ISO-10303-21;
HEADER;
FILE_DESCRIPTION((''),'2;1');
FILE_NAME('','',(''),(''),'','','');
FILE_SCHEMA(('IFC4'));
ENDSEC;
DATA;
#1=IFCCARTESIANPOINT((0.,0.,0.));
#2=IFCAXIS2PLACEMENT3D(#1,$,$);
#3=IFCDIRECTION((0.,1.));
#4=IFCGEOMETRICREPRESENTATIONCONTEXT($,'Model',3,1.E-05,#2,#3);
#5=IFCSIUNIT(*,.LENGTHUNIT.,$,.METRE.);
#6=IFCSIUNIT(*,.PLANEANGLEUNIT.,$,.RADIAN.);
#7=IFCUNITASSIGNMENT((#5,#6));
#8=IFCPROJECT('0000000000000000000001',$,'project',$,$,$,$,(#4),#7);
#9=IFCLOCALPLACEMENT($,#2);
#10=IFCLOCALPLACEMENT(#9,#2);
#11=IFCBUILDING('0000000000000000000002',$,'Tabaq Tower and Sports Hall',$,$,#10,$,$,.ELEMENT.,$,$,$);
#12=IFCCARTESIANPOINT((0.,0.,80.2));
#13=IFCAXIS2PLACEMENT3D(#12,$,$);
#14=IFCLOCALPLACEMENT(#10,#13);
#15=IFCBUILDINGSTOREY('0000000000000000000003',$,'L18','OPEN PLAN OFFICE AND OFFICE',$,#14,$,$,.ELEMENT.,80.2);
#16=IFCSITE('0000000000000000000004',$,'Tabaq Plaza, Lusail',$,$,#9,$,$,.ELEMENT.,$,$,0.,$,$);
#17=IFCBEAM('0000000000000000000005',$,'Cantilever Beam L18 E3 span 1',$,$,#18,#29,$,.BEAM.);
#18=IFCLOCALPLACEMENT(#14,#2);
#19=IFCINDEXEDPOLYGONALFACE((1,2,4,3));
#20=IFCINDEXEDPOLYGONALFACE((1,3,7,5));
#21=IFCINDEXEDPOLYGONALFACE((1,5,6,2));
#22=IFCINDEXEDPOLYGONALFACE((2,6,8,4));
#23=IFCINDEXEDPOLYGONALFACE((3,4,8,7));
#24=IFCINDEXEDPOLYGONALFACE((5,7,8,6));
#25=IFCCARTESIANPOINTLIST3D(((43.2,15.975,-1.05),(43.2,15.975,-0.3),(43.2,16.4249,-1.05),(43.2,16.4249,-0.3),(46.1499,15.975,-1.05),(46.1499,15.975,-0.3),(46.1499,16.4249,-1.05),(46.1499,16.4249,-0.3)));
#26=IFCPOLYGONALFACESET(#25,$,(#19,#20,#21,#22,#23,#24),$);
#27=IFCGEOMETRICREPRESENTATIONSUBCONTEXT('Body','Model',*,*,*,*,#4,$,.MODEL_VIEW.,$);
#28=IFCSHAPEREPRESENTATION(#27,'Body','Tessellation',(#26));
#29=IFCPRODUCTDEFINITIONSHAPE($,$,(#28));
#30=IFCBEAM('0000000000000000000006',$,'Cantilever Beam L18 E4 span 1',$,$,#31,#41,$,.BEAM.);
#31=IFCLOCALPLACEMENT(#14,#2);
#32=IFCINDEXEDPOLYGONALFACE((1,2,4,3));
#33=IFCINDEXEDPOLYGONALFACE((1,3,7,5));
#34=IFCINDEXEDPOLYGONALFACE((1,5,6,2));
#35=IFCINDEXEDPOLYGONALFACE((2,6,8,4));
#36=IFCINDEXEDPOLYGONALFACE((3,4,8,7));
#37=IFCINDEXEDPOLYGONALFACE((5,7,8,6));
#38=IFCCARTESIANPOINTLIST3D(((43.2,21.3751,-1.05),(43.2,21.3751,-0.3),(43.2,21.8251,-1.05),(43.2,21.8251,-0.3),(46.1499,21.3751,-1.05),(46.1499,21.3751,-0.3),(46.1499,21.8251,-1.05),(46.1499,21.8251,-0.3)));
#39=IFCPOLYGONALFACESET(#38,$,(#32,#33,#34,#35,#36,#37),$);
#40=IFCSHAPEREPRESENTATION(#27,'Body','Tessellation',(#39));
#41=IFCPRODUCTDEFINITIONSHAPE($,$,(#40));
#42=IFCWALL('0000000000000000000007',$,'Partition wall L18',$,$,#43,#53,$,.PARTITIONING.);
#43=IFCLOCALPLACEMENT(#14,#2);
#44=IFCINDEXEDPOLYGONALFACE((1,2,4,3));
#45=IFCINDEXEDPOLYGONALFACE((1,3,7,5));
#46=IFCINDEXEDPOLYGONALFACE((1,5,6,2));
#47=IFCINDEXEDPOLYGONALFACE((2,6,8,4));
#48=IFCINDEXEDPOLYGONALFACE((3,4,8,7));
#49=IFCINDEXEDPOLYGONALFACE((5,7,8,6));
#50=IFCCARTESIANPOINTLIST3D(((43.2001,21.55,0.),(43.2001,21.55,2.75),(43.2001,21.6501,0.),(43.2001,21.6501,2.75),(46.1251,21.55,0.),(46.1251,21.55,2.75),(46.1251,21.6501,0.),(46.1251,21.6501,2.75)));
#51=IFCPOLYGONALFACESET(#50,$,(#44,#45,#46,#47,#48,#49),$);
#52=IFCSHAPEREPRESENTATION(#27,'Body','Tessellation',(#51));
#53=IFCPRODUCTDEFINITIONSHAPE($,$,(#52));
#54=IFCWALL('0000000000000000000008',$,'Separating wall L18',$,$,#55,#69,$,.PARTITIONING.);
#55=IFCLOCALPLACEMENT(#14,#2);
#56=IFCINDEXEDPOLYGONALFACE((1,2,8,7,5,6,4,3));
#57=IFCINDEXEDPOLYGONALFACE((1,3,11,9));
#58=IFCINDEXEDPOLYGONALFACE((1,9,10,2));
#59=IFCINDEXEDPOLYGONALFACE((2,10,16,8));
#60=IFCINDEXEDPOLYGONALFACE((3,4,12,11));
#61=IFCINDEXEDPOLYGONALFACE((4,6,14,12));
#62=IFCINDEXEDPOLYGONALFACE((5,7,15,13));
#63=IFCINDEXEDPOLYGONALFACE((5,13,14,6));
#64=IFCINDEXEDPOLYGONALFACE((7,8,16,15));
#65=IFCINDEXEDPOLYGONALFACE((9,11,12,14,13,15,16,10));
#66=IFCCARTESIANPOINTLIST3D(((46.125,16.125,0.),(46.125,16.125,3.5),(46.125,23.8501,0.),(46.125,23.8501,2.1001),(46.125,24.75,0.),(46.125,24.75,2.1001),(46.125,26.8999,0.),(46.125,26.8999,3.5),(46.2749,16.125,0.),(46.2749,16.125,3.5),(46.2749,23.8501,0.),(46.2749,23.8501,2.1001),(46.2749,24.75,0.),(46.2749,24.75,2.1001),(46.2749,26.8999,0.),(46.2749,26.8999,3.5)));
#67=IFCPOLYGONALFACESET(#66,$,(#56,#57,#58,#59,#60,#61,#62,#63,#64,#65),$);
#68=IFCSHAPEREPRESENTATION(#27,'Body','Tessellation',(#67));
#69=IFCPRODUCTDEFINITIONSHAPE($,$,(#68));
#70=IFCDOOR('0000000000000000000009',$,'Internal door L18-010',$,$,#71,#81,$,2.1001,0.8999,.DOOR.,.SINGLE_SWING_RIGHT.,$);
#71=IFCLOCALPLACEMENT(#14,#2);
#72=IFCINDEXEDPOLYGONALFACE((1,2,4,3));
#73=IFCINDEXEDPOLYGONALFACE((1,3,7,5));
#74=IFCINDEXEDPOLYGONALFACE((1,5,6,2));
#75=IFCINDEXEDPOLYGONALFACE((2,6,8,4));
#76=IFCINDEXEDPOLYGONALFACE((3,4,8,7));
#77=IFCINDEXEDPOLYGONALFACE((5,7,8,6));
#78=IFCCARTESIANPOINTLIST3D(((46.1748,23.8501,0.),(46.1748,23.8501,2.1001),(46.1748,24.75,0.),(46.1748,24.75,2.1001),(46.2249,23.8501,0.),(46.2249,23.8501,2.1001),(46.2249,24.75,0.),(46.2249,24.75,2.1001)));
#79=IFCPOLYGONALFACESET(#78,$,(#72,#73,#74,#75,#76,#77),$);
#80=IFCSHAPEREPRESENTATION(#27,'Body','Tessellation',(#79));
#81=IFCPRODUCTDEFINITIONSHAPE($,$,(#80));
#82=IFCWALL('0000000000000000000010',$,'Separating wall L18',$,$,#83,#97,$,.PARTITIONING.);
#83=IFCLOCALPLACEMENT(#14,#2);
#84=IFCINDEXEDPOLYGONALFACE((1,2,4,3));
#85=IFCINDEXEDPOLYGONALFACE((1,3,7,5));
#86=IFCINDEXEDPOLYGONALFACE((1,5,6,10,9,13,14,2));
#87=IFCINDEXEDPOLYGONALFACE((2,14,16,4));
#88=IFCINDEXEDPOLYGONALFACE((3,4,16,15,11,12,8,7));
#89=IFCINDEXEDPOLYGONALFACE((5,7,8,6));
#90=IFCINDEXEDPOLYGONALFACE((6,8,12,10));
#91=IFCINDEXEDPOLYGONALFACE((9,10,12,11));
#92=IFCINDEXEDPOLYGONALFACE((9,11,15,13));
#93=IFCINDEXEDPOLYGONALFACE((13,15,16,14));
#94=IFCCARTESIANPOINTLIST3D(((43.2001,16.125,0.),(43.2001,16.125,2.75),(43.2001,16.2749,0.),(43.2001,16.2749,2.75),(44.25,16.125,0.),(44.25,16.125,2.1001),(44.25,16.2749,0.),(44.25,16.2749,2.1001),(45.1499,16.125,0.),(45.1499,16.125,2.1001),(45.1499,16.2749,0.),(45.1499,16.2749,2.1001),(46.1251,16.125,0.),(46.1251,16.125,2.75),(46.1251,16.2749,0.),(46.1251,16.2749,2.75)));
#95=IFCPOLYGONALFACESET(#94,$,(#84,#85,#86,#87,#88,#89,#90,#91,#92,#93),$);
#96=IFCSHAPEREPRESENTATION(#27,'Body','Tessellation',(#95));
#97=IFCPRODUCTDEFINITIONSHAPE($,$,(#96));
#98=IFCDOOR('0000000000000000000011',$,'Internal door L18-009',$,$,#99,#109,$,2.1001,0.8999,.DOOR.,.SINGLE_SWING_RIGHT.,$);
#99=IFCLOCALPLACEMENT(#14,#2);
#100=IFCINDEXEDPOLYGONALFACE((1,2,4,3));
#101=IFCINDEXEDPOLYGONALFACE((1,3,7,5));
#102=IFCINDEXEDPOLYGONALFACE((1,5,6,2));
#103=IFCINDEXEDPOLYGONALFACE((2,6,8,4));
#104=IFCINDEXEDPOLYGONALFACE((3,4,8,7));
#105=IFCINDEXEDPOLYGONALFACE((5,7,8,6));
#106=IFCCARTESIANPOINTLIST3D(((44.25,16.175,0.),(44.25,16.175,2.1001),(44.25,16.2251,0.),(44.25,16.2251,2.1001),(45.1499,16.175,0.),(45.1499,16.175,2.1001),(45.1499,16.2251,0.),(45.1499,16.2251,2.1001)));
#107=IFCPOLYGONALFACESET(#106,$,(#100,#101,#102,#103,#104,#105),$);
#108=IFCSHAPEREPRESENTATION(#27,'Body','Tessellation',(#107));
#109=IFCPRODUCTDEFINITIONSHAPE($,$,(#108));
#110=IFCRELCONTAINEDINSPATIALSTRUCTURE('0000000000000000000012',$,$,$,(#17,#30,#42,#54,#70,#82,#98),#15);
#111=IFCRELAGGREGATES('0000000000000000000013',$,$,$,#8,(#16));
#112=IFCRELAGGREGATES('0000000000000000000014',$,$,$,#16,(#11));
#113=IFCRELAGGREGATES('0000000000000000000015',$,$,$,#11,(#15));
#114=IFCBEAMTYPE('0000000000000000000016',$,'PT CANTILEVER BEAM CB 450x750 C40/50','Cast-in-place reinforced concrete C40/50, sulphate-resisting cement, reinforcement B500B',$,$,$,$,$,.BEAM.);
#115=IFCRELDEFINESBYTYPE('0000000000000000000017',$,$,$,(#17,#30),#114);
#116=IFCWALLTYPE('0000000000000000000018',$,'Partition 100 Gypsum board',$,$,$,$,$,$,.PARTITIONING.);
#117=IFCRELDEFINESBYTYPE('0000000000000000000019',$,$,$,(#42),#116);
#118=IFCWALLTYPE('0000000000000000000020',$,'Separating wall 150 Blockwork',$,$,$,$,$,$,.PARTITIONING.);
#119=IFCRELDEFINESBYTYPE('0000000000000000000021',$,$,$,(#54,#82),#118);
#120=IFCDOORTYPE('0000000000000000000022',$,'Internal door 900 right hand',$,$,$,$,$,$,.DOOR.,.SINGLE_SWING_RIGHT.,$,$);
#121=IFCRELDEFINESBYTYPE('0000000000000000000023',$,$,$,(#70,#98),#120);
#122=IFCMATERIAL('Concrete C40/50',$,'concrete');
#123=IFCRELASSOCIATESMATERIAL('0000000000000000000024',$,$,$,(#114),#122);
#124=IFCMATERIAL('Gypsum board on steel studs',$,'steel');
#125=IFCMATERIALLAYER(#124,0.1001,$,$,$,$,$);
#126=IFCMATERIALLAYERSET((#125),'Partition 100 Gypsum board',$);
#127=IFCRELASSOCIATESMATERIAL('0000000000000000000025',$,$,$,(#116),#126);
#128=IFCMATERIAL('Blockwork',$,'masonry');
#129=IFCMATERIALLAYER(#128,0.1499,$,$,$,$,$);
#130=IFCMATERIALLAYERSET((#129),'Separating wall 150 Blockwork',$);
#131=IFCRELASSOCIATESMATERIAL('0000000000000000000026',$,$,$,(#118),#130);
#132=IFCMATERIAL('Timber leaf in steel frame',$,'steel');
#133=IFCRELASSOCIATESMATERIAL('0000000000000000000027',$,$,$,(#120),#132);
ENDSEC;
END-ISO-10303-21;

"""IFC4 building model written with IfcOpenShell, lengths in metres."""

from ifc_helpers import new_model, si_unit, direction, frame, frame_2d, origin, origin_2d, place, context, subcontext, project, spatial, rectangle, extrude, material, layer, layer_set, material_profile, profile_set, type_object, element, fill, save


model = new_model("IFC4")

# Units and contexts
model_context = context("Model", 3, precision=1e-05, world=origin(), true_north=direction((0.0, 1.0)))
body_context = subcontext(model_context, "Body", "Model", "MODEL_VIEW")
ifc_project = project(units=[si_unit("LENGTHUNIT", "METRE"), si_unit("PLANEANGLEUNIT", "RADIAN")], contexts=[model_context])

# Site, building, storey
site_placement = place(None, origin())
site = spatial("IfcSite", under=ifc_project, at=site_placement, Name="Tabaq Plaza, Lusail", CompositionType="ELEMENT", RefElevation=0.0)
building_placement = place(site_placement, origin())
building = spatial("IfcBuilding", under=site, at=building_placement, Name="Tabaq Tower and Sports Hall", CompositionType="ELEMENT")
storey_placement = place(building_placement, frame((0.0, 0.0, 80.2)))
storey = spatial("IfcBuildingStorey", under=building, at=storey_placement, Name="L18", Description="OPEN PLAN OFFICE AND OFFICE", CompositionType="ELEMENT", Elevation=80.2)

# Beams
ifc_material_1 = material(Name="Concrete C40/50", Category="concrete")
ifc_material_profile = material_profile(ifc_material_1, rectangle(XDim=0.45, YDim=0.75, at=origin_2d()), Name="CB 450x750")
ifc_profile_set = profile_set([ifc_material_profile], Name="Concrete C40/50")
beam_type = type_object("IfcBeamType", Name="PT CANTILEVER BEAM CB 450x750 C40/50", Description="Cast-in-place reinforced concrete C40/50, sulphate-resisting cement, reinforcement B500B", PredefinedType="BEAM", material=ifc_profile_set)
for number, where, z_axis, x_axis, name in (
    (1, (46.1499, 16.2, -0.675), (-1.0, 0.0, 0.0), (0.0, -1.0, 0.0), "Cantilever Beam L18 E3 span 1"),
    (2, (46.1499, 21.6001, -0.675), (-1.0, 0.0, 0.0), (0.0, -1.0, 0.0), "Cantilever Beam L18 E4 span 1"),
):
    element("IfcBeam", number, at=place(storey_placement, frame(where, z_axis=z_axis, x_axis=x_axis)), inside=storey, type_object=beam_type, Name=name, PredefinedType="BEAM", context=body_context, shape_type="SweptSolid", body=[
        extrude(rectangle(XDim=0.45, YDim=0.75, at=origin_2d()), origin(), (0.0, 0.0, 1.0), 2.95),
    ])

# Wall
ifc_material_2 = material(Name="Gypsum board on steel studs", Category="steel")
ifc_layer_1 = layer(ifc_material_2, 0.1001)
ifc_layer_set_1 = layer_set([ifc_layer_1], Name="Partition 100 Gypsum board")
wall_type_1 = type_object("IfcWallType", Name="Partition 100 Gypsum board", PredefinedType="PARTITIONING", material=ifc_layer_set_1)
wall_1_placement = place(storey_placement, frame((46.125, 21.6001, 0.0), z_axis=(0.0, 0.0, 1.0), x_axis=(-1.0, 0.0, 0.0)))
element("IfcWall", 3, at=wall_1_placement, inside=storey, type_object=wall_type_1, Name="Partition wall L18", PredefinedType="PARTITIONING", context=body_context, shape_type="SweptSolid", body=[
    extrude(rectangle(XDim=2.925, YDim=0.1001, at=frame_2d((1.4624, 0.0))), origin(), (0.0, 0.0, 1.0), 2.75),
])

# Walls, openings, doors
ifc_material_3 = material(Name="Blockwork", Category="masonry")
ifc_layer_2 = layer(ifc_material_3, 0.1499)
ifc_layer_set_2 = layer_set([ifc_layer_2], Name="Separating wall 150 Blockwork")
wall_type_2 = type_object("IfcWallType", Name="Separating wall 150 Blockwork", PredefinedType="PARTITIONING", material=ifc_layer_set_2)
wall_2_placement = place(storey_placement, frame((46.2, 26.8999, 0.0), z_axis=(0.0, 0.0, 1.0), x_axis=(0.0, -1.0, 0.0)))
wall_2 = element("IfcWall", 4, at=wall_2_placement, inside=storey, type_object=wall_type_2, Name="Separating wall L18", PredefinedType="PARTITIONING", context=body_context, shape_type="SweptSolid", body=[
    extrude(rectangle(XDim=10.7749, YDim=0.1499, at=frame_2d((5.3875, 0.0))), origin(), (0.0, 0.0, 1.0), 3.5),
])
opening_1_placement = place(wall_2_placement, frame((2.1499, 0.0, 0.0)))
opening_1 = element("IfcOpeningElement", 5, at=opening_1_placement, cuts=wall_2, PredefinedType="OPENING", context=body_context, shape_type="SweptSolid", body=[
    extrude(rectangle(XDim=0.8999, YDim=2.1001, at=frame_2d((0.45, 1.05))), frame((0.0, 0.075, 0.0), z_axis=(0.0, -1.0, 0.0), x_axis=(1.0, 0.0, 0.0)), (0.0, 0.0, 1.0), 0.1499),
])
ifc_material_4 = material(Name="Timber leaf in steel frame", Category="steel")
door_type_1 = type_object("IfcDoorType", Name="Internal door 900 right hand", OperationType="SINGLE_SWING_RIGHT", PredefinedType="DOOR", material=ifc_material_4)
door_1_placement = place(opening_1_placement, origin())
door_1 = element("IfcDoor", 6, at=door_1_placement, inside=storey, type_object=door_type_1, Name="Internal door L18-010", OperationType="SINGLE_SWING_RIGHT", OverallHeight=2.1001, OverallWidth=0.8999, PredefinedType="DOOR", context=body_context, shape_type="SweptSolid", body=[
    extrude(rectangle(XDim=0.8999, YDim=2.1001, at=frame_2d((0.45, 1.05))), frame((0.0, 0.0249, 0.0), z_axis=(0.0, -1.0, 0.0), x_axis=(1.0, 0.0, 0.0)), (0.0, 0.0, 1.0), 0.05),
])
fill(opening_1, door_1)
wall_3_placement = place(storey_placement, frame((46.125, 16.2, 0.0), z_axis=(0.0, 0.0, 1.0), x_axis=(-1.0, 0.0, 0.0)))
wall_3 = element("IfcWall", 7, at=wall_3_placement, inside=storey, type_object=wall_type_2, Name="Separating wall L18", PredefinedType="PARTITIONING", context=body_context, shape_type="SweptSolid", body=[
    extrude(rectangle(XDim=2.925, YDim=0.1499, at=frame_2d((1.4624, 0.0))), origin(), (0.0, 0.0, 1.0), 2.75),
])
opening_2_placement = place(wall_3_placement, frame((0.9751, 0.0, 0.0)))
opening_2 = element("IfcOpeningElement", 8, at=opening_2_placement, cuts=wall_3, PredefinedType="OPENING", context=body_context, shape_type="SweptSolid", body=[
    extrude(rectangle(XDim=0.8999, YDim=2.1001, at=frame_2d((0.45, 1.05))), frame((0.0, 0.075, 0.0), z_axis=(0.0, -1.0, 0.0), x_axis=(1.0, 0.0, 0.0)), (0.0, 0.0, 1.0), 0.1499),
])
door_2_placement = place(opening_2_placement, origin())
door_2 = element("IfcDoor", 9, at=door_2_placement, inside=storey, type_object=door_type_1, Name="Internal door L18-009", OperationType="SINGLE_SWING_RIGHT", OverallHeight=2.1001, OverallWidth=0.8999, PredefinedType="DOOR", context=body_context, shape_type="SweptSolid", body=[
    extrude(rectangle(XDim=0.8999, YDim=2.1001, at=frame_2d((0.45, 1.05))), frame((0.0, 0.0249, 0.0), z_axis=(0.0, -1.0, 0.0), x_axis=(1.0, 0.0, 0.0)), (0.0, 0.0, 1.0), 0.05),
])
fill(opening_2, door_2)

save(model, "model.ifc")
